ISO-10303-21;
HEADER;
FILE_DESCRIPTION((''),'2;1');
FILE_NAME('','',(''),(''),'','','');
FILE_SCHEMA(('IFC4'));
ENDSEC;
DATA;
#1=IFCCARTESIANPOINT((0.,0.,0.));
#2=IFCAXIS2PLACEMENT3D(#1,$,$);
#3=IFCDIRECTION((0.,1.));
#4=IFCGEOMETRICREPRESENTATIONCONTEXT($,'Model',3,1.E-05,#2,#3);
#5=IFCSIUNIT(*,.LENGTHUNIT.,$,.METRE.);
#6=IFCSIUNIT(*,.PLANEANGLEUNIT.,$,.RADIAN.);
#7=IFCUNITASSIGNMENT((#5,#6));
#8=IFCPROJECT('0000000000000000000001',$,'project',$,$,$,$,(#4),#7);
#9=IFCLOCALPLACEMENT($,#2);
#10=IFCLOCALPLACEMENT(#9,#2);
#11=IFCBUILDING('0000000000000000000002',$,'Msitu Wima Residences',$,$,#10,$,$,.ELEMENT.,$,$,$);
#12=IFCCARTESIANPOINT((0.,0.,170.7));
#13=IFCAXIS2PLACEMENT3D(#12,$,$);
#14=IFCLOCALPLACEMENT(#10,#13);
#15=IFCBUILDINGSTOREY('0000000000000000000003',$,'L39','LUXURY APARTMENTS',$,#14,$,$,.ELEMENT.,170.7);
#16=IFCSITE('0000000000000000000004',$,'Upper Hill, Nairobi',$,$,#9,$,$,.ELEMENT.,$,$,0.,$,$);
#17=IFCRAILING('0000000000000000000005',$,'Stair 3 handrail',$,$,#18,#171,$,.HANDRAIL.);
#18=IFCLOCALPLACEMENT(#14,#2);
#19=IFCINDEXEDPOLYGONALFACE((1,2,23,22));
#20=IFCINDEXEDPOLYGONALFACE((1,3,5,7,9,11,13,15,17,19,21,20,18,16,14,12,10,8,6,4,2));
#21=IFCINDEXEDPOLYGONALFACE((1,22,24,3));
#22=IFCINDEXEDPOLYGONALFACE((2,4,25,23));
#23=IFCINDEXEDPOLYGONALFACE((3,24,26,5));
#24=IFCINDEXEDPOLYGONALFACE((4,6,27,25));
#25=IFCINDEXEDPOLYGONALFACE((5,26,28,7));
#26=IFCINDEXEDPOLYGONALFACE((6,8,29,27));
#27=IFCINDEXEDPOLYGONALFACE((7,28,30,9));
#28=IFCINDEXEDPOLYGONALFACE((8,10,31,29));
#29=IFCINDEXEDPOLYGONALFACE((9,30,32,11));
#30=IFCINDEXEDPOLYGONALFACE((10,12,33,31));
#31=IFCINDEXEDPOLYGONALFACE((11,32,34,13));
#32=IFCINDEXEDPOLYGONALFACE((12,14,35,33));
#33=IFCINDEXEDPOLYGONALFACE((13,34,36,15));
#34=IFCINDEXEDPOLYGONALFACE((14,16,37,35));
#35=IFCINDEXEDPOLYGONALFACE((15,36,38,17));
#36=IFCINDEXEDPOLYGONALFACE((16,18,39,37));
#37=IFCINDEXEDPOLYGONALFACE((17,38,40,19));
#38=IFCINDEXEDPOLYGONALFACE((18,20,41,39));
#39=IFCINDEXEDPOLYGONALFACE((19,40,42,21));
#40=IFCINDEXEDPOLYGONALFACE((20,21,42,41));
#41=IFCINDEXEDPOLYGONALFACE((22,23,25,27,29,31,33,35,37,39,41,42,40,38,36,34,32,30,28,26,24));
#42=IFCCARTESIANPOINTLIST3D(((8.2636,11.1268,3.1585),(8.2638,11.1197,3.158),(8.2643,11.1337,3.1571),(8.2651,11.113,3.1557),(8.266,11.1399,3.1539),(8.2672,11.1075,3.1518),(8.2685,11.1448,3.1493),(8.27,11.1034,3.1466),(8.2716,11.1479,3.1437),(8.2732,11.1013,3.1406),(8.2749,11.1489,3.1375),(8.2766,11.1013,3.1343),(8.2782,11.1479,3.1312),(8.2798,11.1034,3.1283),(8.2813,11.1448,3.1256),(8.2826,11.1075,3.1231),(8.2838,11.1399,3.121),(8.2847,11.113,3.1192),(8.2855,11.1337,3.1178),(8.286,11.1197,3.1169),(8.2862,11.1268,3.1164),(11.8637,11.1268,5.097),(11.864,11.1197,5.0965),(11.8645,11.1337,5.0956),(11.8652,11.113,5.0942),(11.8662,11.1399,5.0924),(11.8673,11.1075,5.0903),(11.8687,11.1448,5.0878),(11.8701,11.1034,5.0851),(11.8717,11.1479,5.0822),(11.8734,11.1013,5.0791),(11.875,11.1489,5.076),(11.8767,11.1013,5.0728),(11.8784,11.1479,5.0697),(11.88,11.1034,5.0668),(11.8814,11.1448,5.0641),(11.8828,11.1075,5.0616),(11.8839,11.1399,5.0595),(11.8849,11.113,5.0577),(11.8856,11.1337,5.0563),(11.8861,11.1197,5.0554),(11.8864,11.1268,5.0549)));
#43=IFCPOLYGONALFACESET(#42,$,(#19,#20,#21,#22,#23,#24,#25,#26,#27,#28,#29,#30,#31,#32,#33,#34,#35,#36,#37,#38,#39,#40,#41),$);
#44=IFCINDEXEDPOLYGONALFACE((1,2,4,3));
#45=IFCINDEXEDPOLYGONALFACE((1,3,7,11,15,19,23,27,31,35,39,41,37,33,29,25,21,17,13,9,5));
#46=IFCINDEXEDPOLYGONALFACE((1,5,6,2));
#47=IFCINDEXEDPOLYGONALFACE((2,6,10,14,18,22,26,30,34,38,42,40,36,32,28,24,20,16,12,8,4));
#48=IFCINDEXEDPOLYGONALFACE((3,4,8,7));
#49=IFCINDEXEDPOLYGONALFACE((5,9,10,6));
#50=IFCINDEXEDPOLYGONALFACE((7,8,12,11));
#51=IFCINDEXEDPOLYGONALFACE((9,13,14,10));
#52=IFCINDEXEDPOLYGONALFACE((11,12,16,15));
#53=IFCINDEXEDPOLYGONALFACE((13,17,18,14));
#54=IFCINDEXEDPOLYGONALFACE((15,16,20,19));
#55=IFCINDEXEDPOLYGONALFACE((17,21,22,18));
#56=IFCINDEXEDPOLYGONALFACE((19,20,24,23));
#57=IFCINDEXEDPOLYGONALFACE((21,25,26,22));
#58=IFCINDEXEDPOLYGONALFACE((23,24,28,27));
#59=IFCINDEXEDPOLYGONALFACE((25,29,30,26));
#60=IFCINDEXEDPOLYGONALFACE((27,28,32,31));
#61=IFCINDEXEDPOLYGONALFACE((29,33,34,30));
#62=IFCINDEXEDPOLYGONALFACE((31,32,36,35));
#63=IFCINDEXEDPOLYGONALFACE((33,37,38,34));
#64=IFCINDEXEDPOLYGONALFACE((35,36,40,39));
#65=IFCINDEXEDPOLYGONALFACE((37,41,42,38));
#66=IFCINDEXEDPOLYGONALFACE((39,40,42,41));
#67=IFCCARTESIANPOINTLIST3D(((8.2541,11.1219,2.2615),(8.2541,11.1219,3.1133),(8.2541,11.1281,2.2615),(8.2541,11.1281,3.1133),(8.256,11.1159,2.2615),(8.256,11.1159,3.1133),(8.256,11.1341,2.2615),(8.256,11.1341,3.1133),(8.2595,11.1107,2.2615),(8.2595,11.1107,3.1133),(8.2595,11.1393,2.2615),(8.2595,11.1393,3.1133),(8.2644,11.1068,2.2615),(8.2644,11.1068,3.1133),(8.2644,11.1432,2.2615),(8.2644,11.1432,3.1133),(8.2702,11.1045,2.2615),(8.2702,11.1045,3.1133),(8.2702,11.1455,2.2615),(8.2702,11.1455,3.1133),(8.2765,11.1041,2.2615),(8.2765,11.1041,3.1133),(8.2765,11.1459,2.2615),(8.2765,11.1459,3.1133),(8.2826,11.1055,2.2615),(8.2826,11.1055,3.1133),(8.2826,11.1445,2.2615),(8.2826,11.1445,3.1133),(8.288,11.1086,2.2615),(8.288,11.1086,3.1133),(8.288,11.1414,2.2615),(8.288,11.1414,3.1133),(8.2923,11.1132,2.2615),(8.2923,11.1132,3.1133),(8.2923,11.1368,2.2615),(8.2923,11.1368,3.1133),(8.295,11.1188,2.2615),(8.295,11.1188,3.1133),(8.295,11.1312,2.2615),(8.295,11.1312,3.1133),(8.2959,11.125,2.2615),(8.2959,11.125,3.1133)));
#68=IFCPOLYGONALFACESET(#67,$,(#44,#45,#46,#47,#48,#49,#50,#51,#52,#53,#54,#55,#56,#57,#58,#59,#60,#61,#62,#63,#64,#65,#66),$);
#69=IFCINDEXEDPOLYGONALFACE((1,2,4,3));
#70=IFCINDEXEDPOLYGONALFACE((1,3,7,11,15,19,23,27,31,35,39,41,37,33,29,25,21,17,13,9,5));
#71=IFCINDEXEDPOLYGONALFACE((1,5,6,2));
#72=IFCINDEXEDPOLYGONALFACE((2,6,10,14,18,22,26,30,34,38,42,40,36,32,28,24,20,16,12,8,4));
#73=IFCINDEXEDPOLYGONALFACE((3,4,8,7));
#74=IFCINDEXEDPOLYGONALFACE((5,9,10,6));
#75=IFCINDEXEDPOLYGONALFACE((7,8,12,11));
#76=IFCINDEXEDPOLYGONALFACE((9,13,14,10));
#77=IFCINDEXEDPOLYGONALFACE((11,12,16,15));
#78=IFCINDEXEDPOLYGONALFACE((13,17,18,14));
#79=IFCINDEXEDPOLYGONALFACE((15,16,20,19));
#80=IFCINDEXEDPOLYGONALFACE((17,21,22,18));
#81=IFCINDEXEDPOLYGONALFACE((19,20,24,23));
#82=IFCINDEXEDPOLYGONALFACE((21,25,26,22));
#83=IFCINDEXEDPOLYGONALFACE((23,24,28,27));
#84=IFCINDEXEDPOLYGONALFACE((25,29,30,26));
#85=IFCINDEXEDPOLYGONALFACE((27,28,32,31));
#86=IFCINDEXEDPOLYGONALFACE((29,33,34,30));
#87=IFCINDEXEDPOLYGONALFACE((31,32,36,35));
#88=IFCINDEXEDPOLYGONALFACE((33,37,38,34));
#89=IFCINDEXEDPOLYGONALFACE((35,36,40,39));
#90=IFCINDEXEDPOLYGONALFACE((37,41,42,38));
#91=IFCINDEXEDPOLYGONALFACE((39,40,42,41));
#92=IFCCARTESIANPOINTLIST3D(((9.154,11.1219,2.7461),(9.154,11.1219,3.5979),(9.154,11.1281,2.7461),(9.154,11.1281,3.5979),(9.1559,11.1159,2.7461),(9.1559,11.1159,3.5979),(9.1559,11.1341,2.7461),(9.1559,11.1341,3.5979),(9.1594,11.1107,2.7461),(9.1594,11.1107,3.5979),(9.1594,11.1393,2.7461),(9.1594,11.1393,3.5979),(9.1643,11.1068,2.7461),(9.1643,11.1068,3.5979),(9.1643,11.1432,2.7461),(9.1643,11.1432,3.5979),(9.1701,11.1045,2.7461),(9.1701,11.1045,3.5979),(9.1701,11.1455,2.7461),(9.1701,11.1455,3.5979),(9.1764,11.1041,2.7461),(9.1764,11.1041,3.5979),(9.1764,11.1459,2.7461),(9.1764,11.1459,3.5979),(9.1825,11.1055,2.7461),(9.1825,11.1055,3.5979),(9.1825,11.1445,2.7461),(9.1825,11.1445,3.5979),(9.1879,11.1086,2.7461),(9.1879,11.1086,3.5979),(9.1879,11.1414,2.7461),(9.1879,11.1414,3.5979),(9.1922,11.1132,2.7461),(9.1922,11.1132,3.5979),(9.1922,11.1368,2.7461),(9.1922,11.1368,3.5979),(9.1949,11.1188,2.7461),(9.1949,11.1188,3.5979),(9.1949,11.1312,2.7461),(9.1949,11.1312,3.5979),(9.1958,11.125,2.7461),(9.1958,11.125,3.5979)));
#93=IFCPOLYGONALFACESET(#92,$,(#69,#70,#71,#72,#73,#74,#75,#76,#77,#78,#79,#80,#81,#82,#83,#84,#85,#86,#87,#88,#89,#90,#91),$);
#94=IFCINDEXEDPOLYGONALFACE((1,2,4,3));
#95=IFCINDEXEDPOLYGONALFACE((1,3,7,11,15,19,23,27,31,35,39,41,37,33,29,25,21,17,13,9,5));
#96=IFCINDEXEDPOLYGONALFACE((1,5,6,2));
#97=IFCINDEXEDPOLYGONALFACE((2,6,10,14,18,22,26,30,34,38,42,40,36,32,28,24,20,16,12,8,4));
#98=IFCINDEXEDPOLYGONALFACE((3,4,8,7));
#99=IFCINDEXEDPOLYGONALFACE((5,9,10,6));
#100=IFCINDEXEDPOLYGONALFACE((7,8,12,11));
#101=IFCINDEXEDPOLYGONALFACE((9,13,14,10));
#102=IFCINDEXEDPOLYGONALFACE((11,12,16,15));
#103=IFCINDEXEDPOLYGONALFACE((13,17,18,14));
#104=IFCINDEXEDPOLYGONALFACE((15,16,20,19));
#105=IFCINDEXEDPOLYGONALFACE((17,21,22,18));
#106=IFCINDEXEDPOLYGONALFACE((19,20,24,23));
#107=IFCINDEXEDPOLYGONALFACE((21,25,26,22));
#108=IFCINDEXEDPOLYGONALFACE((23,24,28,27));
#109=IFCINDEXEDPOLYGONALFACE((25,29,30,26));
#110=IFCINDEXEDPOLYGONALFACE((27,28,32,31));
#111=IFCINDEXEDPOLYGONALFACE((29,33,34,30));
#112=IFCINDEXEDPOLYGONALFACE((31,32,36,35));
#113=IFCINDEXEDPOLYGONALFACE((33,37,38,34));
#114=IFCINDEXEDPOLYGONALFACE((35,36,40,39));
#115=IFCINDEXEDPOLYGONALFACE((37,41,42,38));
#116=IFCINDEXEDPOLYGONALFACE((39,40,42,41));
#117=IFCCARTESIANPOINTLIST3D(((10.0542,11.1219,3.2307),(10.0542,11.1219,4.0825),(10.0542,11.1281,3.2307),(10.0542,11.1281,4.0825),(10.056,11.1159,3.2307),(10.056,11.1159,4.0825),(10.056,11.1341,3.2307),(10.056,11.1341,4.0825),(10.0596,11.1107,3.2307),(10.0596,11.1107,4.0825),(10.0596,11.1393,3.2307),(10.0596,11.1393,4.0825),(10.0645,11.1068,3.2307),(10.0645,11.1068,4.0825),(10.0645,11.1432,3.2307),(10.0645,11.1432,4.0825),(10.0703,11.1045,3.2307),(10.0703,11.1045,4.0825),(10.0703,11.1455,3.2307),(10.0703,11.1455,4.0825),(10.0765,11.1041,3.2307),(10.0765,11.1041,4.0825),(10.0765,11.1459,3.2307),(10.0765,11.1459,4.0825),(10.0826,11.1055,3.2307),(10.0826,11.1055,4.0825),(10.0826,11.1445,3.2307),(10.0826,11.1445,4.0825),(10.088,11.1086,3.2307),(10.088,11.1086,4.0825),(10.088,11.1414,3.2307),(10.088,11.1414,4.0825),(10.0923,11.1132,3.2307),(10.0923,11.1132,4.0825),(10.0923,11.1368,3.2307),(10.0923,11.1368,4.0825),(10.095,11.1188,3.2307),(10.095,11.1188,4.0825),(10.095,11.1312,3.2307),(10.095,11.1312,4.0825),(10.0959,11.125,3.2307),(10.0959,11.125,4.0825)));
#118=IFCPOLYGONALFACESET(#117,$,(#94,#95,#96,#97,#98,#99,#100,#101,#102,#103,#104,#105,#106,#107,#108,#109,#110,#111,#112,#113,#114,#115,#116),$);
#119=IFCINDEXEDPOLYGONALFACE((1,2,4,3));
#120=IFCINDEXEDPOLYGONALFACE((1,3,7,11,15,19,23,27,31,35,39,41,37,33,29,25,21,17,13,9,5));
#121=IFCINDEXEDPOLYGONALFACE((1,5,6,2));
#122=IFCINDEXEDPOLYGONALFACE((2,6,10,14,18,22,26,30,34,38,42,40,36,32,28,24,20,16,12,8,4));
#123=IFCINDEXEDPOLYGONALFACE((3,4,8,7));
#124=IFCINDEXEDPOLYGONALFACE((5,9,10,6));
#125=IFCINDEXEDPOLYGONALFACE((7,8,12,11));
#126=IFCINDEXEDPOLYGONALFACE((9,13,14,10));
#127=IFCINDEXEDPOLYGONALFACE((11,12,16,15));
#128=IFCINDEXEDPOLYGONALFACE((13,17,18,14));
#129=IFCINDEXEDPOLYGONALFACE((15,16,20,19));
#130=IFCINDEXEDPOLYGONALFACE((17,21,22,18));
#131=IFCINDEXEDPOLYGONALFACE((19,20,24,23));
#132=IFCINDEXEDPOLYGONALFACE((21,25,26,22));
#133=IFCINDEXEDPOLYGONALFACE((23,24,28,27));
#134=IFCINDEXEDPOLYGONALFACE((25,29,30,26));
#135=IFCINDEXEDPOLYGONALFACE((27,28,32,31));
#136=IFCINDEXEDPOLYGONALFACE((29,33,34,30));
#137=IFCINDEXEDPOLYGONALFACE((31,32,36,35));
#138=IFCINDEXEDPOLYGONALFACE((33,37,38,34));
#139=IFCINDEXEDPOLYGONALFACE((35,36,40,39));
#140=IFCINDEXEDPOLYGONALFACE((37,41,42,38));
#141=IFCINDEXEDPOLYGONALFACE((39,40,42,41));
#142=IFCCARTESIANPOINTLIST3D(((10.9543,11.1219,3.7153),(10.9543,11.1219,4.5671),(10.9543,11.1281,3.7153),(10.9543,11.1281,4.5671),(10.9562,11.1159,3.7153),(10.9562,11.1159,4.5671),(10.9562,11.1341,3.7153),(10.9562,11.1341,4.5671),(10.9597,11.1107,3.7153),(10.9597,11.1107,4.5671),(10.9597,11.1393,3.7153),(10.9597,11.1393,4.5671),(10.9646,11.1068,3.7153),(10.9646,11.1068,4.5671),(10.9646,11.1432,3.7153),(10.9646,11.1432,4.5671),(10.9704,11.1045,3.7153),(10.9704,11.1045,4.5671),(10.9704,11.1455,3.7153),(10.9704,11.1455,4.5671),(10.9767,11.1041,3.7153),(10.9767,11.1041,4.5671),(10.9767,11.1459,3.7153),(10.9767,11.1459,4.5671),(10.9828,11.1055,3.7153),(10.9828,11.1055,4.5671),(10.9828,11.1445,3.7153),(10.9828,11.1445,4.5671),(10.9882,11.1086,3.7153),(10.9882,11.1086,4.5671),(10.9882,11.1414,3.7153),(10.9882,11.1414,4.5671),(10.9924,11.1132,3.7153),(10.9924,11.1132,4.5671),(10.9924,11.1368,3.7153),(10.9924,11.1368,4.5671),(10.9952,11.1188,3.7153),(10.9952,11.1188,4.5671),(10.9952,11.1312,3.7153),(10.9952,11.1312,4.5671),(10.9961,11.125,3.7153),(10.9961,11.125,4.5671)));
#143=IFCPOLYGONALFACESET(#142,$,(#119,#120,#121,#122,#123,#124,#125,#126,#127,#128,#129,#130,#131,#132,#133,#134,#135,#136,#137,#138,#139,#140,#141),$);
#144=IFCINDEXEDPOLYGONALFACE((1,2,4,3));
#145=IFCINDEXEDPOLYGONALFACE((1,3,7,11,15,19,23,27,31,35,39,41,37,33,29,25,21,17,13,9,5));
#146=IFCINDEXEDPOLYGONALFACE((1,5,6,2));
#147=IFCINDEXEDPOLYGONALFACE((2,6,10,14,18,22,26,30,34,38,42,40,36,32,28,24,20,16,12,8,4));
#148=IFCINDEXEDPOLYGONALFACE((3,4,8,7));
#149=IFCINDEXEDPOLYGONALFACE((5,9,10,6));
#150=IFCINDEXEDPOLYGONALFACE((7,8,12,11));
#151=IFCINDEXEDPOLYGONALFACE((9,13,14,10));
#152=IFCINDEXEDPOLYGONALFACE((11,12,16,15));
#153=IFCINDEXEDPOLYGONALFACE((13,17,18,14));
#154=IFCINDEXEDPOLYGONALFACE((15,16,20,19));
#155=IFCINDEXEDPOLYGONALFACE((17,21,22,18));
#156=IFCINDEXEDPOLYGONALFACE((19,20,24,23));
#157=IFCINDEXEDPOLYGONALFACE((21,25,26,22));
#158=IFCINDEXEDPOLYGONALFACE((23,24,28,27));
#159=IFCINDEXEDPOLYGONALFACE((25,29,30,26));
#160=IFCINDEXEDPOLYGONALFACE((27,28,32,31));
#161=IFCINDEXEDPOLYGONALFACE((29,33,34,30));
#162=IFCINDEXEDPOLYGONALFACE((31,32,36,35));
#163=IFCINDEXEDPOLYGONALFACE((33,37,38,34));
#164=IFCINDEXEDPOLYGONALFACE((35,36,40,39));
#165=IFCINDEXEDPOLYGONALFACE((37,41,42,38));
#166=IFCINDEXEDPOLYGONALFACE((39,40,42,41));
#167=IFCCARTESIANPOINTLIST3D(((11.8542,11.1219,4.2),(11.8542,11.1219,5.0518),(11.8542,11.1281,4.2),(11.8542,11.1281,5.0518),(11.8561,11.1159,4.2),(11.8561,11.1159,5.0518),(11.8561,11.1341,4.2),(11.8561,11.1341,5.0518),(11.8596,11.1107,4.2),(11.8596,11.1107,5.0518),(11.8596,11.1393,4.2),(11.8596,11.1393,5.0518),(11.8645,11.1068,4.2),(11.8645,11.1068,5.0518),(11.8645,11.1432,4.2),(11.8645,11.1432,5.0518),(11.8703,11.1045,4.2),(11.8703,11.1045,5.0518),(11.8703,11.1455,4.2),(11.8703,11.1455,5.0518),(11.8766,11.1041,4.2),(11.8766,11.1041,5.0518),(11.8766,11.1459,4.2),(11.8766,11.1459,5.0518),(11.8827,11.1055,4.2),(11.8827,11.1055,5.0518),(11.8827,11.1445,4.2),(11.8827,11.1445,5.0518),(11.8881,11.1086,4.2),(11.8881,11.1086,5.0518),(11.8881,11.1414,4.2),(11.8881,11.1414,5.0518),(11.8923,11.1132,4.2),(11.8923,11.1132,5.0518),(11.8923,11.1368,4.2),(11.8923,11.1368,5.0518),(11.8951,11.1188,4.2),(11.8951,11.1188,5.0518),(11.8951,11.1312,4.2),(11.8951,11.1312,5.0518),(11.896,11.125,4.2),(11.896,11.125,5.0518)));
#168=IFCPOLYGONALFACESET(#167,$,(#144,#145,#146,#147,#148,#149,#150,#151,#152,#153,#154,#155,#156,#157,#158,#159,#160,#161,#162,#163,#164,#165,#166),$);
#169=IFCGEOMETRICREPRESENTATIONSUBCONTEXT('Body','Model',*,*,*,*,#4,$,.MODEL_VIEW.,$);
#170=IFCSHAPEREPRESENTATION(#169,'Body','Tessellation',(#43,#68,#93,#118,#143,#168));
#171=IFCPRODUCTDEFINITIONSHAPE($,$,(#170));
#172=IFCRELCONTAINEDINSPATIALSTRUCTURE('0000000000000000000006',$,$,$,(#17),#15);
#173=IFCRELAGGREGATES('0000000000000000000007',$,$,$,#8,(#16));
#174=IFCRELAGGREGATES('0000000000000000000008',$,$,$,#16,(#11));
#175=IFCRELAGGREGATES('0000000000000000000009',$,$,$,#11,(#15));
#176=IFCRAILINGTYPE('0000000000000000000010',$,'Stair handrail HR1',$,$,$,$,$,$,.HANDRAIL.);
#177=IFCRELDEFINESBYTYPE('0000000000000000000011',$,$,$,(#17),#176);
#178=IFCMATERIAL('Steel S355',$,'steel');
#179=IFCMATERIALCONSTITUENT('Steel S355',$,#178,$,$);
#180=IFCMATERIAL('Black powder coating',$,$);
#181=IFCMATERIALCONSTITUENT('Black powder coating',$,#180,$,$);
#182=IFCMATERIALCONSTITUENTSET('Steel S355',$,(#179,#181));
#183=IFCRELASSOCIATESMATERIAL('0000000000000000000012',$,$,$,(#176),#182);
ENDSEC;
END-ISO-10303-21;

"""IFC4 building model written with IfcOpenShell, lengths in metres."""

from ifc_helpers import new_model, si_unit, direction, frame, origin, origin_2d, place, context, subcontext, project, spatial, circle, extrude, material, constituent, constituent_set, type_object, element, save


model = new_model("IFC4")

# Units and contexts
model_context = context("Model", 3, precision=1e-05, world=origin(), true_north=direction((0.0, 1.0)))
body_context = subcontext(model_context, "Body", "Model", "MODEL_VIEW")
ifc_project = project(units=[si_unit("LENGTHUNIT", "METRE"), si_unit("PLANEANGLEUNIT", "RADIAN")], contexts=[model_context])

# Site, building, storey
site_placement = place(None, origin())
site = spatial("IfcSite", under=ifc_project, at=site_placement, Name="Upper Hill, Nairobi", CompositionType="ELEMENT", RefElevation=0.0)
building_placement = place(site_placement, origin())
building = spatial("IfcBuilding", under=site, at=building_placement, Name="Msitu Wima Residences", CompositionType="ELEMENT")
storey_placement = place(building_placement, frame((0.0, 0.0, 170.7)))
storey = spatial("IfcBuildingStorey", under=building, at=storey_placement, Name="L39", Description="LUXURY APARTMENTS", CompositionType="ELEMENT", Elevation=170.7)

# Railing
ifc_material_1 = material(Name="Steel S355", Category="steel")
ifc_constituent_1 = constituent(ifc_material_1, Name="Steel S355")
ifc_material_2 = material(Name="Black powder coating")
ifc_constituent_2 = constituent(ifc_material_2, Name="Black powder coating")
ifc_constituent_set = constituent_set(constituents=[ifc_constituent_1, ifc_constituent_2], Name="Steel S355")
railing_type = type_object("IfcRailingType", Name="Stair handrail HR1", PredefinedType="HANDRAIL", material=ifc_constituent_set)
for number, where, name in (
    (1, (8.2749, 11.125, 2.2615), "Stair 3 handrail"),
):
    element("IfcRailing", number, at=place(storey_placement, frame(where)), inside=storey, type_object=railing_type, Name=name, PredefinedType="HANDRAIL", context=body_context, shape_type="SweptSolid", body=[
        extrude(circle(Radius=0.0239, at=origin_2d()), frame((0.0, 0.0, 0.876), z_axis=(0.880475, 0.0, 0.474093), x_axis=(0.0, 1.0, 0.0)), (0.0, 0.0, 1.0), 4.0889),
        extrude(circle(Radius=0.021, at=origin_2d()), origin(), (0.0, 0.0, 1.0), 0.8518),
        extrude(circle(Radius=0.021, at=origin_2d()), frame((0.8999, 0.0, 0.4846)), (0.0, 0.0, 1.0), 0.8518),
        extrude(circle(Radius=0.021, at=origin_2d()), frame((1.8, 0.0, 0.9692)), (0.0, 0.0, 1.0), 0.8518),
        extrude(circle(Radius=0.021, at=origin_2d()), frame((2.7002, 0.0, 1.4539)), (0.0, 0.0, 1.0), 0.8518),
        extrude(circle(Radius=0.021, at=origin_2d()), frame((3.6001, 0.0, 1.9385)), (0.0, 0.0, 1.0), 0.8518),
    ])

save(model, "model.ifc")
